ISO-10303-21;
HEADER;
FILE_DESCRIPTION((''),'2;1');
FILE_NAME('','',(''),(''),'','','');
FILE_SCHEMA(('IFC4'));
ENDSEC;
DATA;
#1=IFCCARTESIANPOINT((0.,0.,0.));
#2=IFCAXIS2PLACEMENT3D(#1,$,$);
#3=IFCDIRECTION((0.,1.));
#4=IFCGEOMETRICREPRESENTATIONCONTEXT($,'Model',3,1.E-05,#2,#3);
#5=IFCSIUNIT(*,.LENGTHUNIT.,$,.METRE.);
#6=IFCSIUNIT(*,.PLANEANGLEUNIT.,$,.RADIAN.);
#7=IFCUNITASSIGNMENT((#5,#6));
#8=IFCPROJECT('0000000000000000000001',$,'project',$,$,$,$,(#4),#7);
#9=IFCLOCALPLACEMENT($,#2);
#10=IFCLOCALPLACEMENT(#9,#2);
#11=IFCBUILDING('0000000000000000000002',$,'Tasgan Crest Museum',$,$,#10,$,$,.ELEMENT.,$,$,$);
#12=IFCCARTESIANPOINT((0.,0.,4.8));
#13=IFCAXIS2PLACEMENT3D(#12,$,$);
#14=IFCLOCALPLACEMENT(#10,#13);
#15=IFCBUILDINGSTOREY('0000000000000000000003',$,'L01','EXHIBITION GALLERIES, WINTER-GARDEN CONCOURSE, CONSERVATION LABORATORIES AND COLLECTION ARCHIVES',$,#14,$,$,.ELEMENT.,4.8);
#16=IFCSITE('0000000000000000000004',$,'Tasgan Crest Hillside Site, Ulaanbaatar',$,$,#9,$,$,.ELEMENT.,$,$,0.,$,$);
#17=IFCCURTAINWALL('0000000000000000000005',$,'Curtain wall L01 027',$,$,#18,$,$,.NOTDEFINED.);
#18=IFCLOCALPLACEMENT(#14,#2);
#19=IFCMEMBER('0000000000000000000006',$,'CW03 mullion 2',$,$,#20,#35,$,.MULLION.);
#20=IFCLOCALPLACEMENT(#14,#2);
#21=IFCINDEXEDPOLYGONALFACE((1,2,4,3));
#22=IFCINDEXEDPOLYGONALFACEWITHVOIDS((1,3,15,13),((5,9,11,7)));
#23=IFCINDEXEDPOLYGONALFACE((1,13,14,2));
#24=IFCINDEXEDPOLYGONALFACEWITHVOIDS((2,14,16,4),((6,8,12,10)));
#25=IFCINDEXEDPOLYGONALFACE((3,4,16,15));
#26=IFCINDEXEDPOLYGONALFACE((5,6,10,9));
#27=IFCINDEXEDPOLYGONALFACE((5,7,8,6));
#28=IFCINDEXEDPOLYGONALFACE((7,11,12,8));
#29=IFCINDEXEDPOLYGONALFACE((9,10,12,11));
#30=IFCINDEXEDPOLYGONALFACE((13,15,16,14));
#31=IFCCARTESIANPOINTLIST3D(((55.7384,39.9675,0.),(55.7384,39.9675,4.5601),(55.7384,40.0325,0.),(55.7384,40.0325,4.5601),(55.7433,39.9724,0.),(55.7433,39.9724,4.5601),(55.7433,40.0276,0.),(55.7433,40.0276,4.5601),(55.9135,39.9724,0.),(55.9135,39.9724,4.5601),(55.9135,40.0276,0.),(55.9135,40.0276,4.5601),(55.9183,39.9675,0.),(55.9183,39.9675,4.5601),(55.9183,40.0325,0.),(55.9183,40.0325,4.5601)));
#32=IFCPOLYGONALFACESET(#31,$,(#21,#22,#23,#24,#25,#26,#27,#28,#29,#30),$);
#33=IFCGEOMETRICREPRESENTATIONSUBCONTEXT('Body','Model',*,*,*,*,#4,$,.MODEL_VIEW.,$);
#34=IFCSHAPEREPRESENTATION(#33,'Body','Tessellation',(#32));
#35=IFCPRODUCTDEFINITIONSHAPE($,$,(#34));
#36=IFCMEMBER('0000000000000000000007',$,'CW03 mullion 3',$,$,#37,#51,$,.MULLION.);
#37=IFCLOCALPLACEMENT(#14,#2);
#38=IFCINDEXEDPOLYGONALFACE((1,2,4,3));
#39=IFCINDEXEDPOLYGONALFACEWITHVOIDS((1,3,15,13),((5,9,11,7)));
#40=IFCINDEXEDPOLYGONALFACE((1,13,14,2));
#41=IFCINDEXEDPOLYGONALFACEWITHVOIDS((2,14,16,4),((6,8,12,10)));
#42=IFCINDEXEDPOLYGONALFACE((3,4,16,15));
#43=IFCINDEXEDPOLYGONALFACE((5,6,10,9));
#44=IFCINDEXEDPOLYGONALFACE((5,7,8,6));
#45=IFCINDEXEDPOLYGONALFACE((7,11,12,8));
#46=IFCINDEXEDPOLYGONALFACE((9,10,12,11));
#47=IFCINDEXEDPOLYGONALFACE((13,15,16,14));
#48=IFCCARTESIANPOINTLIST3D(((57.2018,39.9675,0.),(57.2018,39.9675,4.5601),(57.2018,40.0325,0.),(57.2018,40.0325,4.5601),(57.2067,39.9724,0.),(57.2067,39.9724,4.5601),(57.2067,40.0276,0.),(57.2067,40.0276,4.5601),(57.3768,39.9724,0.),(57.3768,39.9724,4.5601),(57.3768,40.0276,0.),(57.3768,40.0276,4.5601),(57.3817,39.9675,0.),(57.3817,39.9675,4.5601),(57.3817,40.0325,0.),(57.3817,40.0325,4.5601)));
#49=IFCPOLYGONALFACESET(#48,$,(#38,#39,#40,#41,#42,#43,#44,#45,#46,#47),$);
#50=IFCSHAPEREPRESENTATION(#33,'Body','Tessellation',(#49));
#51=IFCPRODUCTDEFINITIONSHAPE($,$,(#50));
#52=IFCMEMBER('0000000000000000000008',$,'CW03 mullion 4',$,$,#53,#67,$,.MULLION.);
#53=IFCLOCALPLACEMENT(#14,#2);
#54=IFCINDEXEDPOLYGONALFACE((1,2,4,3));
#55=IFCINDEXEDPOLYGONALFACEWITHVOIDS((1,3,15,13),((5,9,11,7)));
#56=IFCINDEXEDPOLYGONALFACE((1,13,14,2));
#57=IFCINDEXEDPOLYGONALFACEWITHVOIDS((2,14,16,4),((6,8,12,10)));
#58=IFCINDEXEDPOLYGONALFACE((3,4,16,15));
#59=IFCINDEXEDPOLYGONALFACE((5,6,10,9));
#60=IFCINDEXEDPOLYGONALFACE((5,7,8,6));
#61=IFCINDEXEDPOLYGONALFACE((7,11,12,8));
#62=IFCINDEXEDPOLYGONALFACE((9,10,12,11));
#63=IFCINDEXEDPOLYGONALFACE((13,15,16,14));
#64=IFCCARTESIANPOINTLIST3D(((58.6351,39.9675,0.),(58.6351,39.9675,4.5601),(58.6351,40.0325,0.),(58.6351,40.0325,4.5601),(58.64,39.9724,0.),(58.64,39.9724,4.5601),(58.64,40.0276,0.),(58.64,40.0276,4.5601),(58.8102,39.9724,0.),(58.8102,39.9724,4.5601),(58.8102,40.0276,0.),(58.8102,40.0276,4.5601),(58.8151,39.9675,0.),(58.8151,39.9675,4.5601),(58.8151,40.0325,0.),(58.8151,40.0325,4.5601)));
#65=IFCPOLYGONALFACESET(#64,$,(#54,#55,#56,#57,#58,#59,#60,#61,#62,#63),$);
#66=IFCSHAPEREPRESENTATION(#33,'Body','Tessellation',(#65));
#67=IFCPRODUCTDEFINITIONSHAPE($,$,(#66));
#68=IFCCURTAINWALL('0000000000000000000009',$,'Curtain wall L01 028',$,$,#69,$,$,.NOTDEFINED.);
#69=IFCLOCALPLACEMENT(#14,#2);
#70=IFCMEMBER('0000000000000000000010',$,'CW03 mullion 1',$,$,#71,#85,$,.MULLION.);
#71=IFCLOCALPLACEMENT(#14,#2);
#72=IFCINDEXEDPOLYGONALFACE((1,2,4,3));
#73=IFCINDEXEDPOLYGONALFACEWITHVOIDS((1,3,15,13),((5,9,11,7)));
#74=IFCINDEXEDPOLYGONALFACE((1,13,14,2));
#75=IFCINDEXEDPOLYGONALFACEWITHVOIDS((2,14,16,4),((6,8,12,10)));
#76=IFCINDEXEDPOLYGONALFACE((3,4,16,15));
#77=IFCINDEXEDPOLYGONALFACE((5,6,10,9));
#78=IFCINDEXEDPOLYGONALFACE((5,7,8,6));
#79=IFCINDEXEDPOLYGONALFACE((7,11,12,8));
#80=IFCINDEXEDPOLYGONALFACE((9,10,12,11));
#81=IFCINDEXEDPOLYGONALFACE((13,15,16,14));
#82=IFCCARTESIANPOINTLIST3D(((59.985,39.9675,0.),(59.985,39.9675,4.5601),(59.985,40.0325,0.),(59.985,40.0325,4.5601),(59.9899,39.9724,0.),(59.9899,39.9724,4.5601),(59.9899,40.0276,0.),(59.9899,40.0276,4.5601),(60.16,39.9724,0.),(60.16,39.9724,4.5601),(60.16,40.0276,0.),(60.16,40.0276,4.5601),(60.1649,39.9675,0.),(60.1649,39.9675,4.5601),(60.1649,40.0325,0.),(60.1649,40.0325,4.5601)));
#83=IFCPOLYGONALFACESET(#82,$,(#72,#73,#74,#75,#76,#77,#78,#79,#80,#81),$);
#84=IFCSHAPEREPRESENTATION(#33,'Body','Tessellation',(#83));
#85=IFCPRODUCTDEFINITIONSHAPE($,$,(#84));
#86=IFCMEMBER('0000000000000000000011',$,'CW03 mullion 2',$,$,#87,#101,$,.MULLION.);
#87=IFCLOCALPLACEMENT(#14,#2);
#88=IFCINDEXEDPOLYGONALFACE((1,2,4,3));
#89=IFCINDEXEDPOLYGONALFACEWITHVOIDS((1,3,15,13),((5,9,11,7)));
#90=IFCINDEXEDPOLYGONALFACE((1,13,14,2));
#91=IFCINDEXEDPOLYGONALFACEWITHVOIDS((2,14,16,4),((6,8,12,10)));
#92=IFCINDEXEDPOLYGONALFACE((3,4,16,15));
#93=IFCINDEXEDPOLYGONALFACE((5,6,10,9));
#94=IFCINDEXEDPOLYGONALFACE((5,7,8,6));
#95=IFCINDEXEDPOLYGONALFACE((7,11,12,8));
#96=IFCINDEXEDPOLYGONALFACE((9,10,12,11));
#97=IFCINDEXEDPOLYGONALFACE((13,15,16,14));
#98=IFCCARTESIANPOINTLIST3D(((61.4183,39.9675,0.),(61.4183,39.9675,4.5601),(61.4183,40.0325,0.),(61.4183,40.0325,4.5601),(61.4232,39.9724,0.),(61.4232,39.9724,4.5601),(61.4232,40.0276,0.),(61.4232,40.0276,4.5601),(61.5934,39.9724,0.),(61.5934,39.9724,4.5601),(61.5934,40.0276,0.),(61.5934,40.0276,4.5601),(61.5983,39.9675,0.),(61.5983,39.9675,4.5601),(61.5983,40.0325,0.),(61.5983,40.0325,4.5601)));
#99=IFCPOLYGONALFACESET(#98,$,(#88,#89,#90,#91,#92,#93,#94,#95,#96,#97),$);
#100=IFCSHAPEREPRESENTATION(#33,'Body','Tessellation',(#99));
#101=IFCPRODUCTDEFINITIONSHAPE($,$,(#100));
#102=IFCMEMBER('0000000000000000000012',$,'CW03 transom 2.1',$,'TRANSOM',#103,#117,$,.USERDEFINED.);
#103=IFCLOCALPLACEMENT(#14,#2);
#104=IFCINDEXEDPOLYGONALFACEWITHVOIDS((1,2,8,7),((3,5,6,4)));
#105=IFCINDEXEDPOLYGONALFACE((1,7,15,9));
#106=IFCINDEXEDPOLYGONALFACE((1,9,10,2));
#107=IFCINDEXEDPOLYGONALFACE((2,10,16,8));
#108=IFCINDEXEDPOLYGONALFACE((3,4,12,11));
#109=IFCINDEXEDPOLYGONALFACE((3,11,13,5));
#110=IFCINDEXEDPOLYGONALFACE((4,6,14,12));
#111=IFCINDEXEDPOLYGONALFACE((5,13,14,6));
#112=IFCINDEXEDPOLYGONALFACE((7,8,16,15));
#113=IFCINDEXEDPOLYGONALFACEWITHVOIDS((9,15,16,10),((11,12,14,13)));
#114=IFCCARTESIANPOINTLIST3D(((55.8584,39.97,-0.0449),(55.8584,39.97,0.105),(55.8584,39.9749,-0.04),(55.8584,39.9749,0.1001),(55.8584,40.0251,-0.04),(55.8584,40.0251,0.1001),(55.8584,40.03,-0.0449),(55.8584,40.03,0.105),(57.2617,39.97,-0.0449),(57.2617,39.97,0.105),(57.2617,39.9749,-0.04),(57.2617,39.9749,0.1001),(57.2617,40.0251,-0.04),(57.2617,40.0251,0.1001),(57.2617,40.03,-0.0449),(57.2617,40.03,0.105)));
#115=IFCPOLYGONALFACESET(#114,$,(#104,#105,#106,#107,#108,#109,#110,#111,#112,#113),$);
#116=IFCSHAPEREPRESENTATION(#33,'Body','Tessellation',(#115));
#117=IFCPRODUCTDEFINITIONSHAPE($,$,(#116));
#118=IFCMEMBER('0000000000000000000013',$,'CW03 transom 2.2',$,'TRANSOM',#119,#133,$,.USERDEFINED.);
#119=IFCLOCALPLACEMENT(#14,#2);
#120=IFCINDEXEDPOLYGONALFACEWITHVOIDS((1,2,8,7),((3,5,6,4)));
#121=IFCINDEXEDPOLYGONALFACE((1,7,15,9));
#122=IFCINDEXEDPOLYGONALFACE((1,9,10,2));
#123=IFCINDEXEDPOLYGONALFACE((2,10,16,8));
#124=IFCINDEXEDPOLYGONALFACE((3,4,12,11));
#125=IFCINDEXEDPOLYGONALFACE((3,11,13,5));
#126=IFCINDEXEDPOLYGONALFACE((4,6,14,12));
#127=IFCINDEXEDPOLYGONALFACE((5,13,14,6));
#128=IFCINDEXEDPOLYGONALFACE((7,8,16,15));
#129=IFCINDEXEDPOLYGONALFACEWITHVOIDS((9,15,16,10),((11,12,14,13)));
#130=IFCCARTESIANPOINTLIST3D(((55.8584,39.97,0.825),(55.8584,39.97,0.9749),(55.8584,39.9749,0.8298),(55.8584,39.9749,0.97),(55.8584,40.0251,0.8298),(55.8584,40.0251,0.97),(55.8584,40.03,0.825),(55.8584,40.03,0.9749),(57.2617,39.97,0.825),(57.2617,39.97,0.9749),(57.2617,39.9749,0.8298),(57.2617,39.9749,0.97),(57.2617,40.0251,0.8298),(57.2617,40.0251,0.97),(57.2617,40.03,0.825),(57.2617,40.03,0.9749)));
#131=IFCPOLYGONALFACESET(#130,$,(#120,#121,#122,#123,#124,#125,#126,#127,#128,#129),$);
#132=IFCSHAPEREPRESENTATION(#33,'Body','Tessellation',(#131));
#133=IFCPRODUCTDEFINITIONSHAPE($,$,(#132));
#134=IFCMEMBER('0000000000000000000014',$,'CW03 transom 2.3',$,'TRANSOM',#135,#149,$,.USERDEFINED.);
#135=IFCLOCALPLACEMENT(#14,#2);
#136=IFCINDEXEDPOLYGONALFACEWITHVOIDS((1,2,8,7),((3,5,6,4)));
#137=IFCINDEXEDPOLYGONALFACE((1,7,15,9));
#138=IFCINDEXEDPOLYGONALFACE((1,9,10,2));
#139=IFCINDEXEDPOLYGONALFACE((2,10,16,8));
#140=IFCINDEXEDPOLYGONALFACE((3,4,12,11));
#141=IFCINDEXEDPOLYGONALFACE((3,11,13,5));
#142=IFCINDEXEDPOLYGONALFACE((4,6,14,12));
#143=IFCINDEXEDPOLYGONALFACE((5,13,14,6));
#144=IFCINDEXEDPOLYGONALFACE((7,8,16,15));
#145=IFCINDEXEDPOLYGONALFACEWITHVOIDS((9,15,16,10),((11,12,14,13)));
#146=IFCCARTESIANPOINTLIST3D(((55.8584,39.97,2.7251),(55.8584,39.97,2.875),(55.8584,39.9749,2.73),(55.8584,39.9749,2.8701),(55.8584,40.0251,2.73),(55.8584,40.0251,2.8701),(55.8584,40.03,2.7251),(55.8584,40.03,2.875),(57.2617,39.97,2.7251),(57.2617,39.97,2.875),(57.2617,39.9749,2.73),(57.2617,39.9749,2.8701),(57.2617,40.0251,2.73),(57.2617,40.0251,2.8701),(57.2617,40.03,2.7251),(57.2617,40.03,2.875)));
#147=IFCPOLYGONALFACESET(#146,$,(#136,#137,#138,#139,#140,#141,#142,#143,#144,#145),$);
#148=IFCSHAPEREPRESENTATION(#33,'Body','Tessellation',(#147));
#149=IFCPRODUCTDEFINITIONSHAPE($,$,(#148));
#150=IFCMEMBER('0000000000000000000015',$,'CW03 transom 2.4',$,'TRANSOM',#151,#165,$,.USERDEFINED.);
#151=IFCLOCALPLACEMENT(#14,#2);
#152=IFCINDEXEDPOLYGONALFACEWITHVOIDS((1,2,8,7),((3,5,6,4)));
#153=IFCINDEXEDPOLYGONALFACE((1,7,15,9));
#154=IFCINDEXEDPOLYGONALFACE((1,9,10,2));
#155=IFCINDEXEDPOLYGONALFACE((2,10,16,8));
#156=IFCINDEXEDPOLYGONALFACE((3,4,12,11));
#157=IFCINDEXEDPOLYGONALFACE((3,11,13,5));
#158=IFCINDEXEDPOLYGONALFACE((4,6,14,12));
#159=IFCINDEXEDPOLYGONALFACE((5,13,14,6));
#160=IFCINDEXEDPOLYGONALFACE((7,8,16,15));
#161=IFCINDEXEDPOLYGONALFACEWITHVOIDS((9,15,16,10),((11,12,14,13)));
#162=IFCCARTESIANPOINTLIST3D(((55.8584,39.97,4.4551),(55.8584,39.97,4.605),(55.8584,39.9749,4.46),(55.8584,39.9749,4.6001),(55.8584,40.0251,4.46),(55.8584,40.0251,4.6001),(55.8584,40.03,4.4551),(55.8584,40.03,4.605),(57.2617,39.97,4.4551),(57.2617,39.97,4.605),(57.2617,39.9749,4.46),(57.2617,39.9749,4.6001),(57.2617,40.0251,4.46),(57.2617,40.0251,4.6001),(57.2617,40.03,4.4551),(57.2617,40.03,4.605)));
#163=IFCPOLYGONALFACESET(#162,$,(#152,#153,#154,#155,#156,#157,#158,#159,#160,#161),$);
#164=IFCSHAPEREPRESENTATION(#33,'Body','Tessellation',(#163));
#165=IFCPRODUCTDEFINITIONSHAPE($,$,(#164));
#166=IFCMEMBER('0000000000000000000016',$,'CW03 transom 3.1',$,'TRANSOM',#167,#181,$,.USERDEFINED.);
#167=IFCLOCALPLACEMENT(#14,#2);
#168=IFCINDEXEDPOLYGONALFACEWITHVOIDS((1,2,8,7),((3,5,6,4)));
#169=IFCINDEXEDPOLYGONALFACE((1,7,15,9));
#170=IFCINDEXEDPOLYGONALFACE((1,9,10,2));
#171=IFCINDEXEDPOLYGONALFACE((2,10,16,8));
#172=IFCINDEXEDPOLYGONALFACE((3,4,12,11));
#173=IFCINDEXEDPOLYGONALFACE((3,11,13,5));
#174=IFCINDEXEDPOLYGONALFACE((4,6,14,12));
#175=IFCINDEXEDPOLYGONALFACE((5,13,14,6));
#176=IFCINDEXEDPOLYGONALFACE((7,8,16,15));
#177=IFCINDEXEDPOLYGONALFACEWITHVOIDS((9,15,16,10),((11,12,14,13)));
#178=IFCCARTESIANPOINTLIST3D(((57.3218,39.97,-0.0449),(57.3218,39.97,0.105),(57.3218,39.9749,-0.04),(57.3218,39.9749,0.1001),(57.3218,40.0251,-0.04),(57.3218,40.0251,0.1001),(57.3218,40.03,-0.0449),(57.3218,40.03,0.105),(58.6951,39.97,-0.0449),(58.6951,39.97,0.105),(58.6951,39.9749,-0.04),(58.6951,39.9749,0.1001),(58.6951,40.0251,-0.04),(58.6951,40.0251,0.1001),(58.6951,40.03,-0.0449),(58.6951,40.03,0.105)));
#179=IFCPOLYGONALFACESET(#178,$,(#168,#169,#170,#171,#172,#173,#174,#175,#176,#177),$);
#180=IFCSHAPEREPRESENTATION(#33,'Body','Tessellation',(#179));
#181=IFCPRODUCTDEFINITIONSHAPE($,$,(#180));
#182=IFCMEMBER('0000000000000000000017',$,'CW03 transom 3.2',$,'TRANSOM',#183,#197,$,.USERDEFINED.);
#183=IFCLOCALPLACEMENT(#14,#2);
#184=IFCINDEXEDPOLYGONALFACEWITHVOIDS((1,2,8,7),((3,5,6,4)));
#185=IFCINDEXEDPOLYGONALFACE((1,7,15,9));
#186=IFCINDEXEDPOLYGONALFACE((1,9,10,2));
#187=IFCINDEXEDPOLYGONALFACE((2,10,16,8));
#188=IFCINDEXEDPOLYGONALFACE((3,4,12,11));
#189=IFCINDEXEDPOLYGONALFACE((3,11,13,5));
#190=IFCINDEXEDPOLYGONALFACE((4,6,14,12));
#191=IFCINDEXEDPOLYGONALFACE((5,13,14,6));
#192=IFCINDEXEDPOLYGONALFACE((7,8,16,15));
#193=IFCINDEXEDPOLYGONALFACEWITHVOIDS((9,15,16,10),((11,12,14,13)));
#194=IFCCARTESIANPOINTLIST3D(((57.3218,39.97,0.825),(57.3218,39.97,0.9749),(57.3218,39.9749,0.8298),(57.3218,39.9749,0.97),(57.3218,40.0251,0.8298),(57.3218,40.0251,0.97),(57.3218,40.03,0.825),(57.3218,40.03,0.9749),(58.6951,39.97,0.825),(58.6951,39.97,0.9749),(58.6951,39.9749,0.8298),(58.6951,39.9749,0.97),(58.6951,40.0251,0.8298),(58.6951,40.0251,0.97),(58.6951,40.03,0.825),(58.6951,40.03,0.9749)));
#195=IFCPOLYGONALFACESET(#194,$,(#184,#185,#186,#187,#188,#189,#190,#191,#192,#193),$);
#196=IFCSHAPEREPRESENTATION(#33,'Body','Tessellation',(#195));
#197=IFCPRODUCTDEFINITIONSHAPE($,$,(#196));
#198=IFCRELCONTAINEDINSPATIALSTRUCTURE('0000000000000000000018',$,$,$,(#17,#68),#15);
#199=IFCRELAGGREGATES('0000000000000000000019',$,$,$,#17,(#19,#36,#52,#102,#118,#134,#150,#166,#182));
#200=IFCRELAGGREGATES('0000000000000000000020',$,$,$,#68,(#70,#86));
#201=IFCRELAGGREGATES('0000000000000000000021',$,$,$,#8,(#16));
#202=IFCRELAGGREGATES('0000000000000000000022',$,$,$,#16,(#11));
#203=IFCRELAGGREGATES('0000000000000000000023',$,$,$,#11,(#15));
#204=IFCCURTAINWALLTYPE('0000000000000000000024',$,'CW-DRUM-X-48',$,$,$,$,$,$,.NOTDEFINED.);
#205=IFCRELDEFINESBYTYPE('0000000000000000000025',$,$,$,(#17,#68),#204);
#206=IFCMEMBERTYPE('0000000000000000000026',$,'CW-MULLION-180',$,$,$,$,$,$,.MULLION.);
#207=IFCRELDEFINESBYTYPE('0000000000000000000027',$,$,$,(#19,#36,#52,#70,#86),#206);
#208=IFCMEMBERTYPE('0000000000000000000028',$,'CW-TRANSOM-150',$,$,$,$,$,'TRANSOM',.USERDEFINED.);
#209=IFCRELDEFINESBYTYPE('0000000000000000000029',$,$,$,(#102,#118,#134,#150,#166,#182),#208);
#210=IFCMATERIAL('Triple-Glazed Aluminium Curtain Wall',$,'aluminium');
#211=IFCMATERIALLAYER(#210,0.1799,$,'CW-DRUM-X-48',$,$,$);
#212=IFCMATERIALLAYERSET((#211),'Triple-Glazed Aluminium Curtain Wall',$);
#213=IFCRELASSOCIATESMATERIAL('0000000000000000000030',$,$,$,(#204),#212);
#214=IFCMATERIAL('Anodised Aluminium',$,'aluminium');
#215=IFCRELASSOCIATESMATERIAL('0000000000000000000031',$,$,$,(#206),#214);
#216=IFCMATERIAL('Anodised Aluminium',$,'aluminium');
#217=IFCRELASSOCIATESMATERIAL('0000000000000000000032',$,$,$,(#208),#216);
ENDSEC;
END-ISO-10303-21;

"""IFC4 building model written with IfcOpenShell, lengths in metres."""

from ifc_helpers import new_model, si_unit, direction, frame, origin, origin_2d, place, context, subcontext, project, spatial, hollow_rectangle, extrude, material, layer, layer_set, material_profile, profile_set, type_object, element, aggregate, save


model = new_model("IFC4")

# Units and contexts
model_context = context("Model", 3, precision=1e-05, world=origin(), true_north=direction((0.0, 1.0)))
body_context = subcontext(model_context, "Body", "Model", "MODEL_VIEW")
ifc_project = project(units=[si_unit("LENGTHUNIT", "METRE"), si_unit("PLANEANGLEUNIT", "RADIAN")], contexts=[model_context])

# Site, building, storey
site_placement = place(None, origin())
site = spatial("IfcSite", under=ifc_project, at=site_placement, Name="Tasgan Crest Hillside Site, Ulaanbaatar", CompositionType="ELEMENT", RefElevation=0.0)
building_placement = place(site_placement, origin())
building = spatial("IfcBuilding", under=site, at=building_placement, Name="Tasgan Crest Museum", CompositionType="ELEMENT")
storey_placement = place(building_placement, frame((0.0, 0.0, 4.8)))
storey = spatial("IfcBuildingStorey", under=building, at=storey_placement, Name="L01", Description="EXHIBITION GALLERIES, WINTER-GARDEN CONCOURSE, CONSERVATION LABORATORIES AND COLLECTION ARCHIVES", CompositionType="ELEMENT", Elevation=4.8)

# Curtain walls, members
ifc_material_1 = material(Name="Triple-Glazed Aluminium Curtain Wall", Category="aluminium")
ifc_layer_1 = layer(ifc_material_1, 0.1799, Name="CW-DRUM-X-48")
ifc_layer_set_1 = layer_set([ifc_layer_1], Name="Triple-Glazed Aluminium Curtain Wall")
curtain_wall_type = type_object("IfcCurtainWallType", Name="CW-DRUM-X-48", PredefinedType="NOTDEFINED", material=ifc_layer_set_1)
curtain_wall_1_placement = place(storey_placement, origin())
curtain_wall_1 = element("IfcCurtainWall", 1, at=curtain_wall_1_placement, inside=storey, type_object=curtain_wall_type, Name="Curtain wall L01 027", PredefinedType="NOTDEFINED")
ifc_material_2 = material(Name="Anodised Aluminium", Category="aluminium")
ifc_material_profile_1 = material_profile(ifc_material_2, hollow_rectangle(XDim=0.0649, YDim=0.1799, WallThickness=0.0049, at=origin_2d()), Name="ALU MULLION 180x65x5")
ifc_profile_set_1 = profile_set([ifc_material_profile_1], Name="Anodised Aluminium")
member_type_1 = type_object("IfcMemberType", Name="CW-MULLION-180", PredefinedType="MULLION", material=ifc_profile_set_1)
member_1_placement = place(storey_placement, frame((55.8284, 40.0, 0.0), z_axis=(0.0, 0.0, 1.0), x_axis=(0.0, 1.0, 0.0)))
member_1 = element("IfcMember", 2, at=member_1_placement, type_object=member_type_1, Name="CW03 mullion 2", PredefinedType="MULLION", context=body_context, shape_type="SweptSolid", body=[
    extrude(hollow_rectangle(XDim=0.0649, YDim=0.1799, WallThickness=0.0049, at=origin_2d()), origin(), (0.0, 0.0, 1.0), 4.5601),
])
member_2_placement = place(storey_placement, frame((57.2917, 40.0, 0.0), z_axis=(0.0, 0.0, 1.0), x_axis=(0.0, 1.0, 0.0)))
member_2 = element("IfcMember", 3, at=member_2_placement, type_object=member_type_1, Name="CW03 mullion 3", PredefinedType="MULLION", context=body_context, shape_type="SweptSolid", body=[
    extrude(hollow_rectangle(XDim=0.0649, YDim=0.1799, WallThickness=0.0049, at=origin_2d()), origin(), (0.0, 0.0, 1.0), 4.5601),
])
member_3_placement = place(storey_placement, frame((58.7251, 40.0, 0.0), z_axis=(0.0, 0.0, 1.0), x_axis=(0.0, 1.0, 0.0)))
member_3 = element("IfcMember", 4, at=member_3_placement, type_object=member_type_1, Name="CW03 mullion 4", PredefinedType="MULLION", context=body_context, shape_type="SweptSolid", body=[
    extrude(hollow_rectangle(XDim=0.0649, YDim=0.1799, WallThickness=0.0049, at=origin_2d()), origin(), (0.0, 0.0, 1.0), 4.5601),
])
curtain_wall_2_placement = place(storey_placement, origin())
curtain_wall_2 = element("IfcCurtainWall", 5, at=curtain_wall_2_placement, inside=storey, type_object=curtain_wall_type, Name="Curtain wall L01 028", PredefinedType="NOTDEFINED")
member_4_placement = place(storey_placement, frame((60.075, 40.0, 0.0), z_axis=(0.0, 0.0, 1.0), x_axis=(0.0, 1.0, 0.0)))
member_4 = element("IfcMember", 6, at=member_4_placement, type_object=member_type_1, Name="CW03 mullion 1", PredefinedType="MULLION", context=body_context, shape_type="SweptSolid", body=[
    extrude(hollow_rectangle(XDim=0.0649, YDim=0.1799, WallThickness=0.0049, at=origin_2d()), origin(), (0.0, 0.0, 1.0), 4.5601),
])
member_5_placement = place(storey_placement, frame((61.5083, 40.0, 0.0), z_axis=(0.0, 0.0, 1.0), x_axis=(0.0, 1.0, 0.0)))
member_5 = element("IfcMember", 7, at=member_5_placement, type_object=member_type_1, Name="CW03 mullion 2", PredefinedType="MULLION", context=body_context, shape_type="SweptSolid", body=[
    extrude(hollow_rectangle(XDim=0.0649, YDim=0.1799, WallThickness=0.0049, at=origin_2d()), origin(), (0.0, 0.0, 1.0), 4.5601),
])

# Members
ifc_material_3 = material(Name="Anodised Aluminium", Category="aluminium")
ifc_material_profile_2 = material_profile(ifc_material_3, hollow_rectangle(XDim=0.0601, YDim=0.1499, WallThickness=0.0049, at=origin_2d()), Name="ALU TRANSOM 150x60x5")
ifc_profile_set_2 = profile_set([ifc_material_profile_2], Name="Anodised Aluminium")
member_type_2 = type_object("IfcMemberType", Name="CW-TRANSOM-150", ElementType="TRANSOM", PredefinedType="USERDEFINED", material=ifc_profile_set_2)
member_6_placement = place(storey_placement, frame((55.8584, 40.0, 0.03), z_axis=(1.0, 0.0, 0.0), x_axis=(0.0, 1.0, 0.0)))
member_6 = element("IfcMember", 8, at=member_6_placement, type_object=member_type_2, Name="CW03 transom 2.1", ObjectType="TRANSOM", PredefinedType="USERDEFINED", context=body_context, shape_type="SweptSolid", body=[
    extrude(hollow_rectangle(XDim=0.0601, YDim=0.1499, WallThickness=0.0049, at=origin_2d()), origin(), (0.0, 0.0, 1.0), 1.4033),
])
member_7_placement = place(storey_placement, frame((55.8584, 40.0, 0.8999), z_axis=(1.0, 0.0, 0.0), x_axis=(0.0, 1.0, 0.0)))
member_7 = element("IfcMember", 9, at=member_7_placement, type_object=member_type_2, Name="CW03 transom 2.2", ObjectType="TRANSOM", PredefinedType="USERDEFINED", context=body_context, shape_type="SweptSolid", body=[
    extrude(hollow_rectangle(XDim=0.0601, YDim=0.1499, WallThickness=0.0049, at=origin_2d()), origin(), (0.0, 0.0, 1.0), 1.4033),
])
member_8_placement = place(storey_placement, frame((55.8584, 40.0, 2.8), z_axis=(1.0, 0.0, 0.0), x_axis=(0.0, 1.0, 0.0)))
member_8 = element("IfcMember", 10, at=member_8_placement, type_object=member_type_2, Name="CW03 transom 2.3", ObjectType="TRANSOM", PredefinedType="USERDEFINED", context=body_context, shape_type="SweptSolid", body=[
    extrude(hollow_rectangle(XDim=0.0601, YDim=0.1499, WallThickness=0.0049, at=origin_2d()), origin(), (0.0, 0.0, 1.0), 1.4033),
])
member_9_placement = place(storey_placement, frame((55.8584, 40.0, 4.53), z_axis=(1.0, 0.0, 0.0), x_axis=(0.0, 1.0, 0.0)))
member_9 = element("IfcMember", 11, at=member_9_placement, type_object=member_type_2, Name="CW03 transom 2.4", ObjectType="TRANSOM", PredefinedType="USERDEFINED", context=body_context, shape_type="SweptSolid", body=[
    extrude(hollow_rectangle(XDim=0.0601, YDim=0.1499, WallThickness=0.0049, at=origin_2d()), origin(), (0.0, 0.0, 1.0), 1.4033),
])
member_10_placement = place(storey_placement, frame((57.3218, 40.0, 0.03), z_axis=(1.0, 0.0, 0.0), x_axis=(0.0, 1.0, 0.0)))
member_10 = element("IfcMember", 12, at=member_10_placement, type_object=member_type_2, Name="CW03 transom 3.1", ObjectType="TRANSOM", PredefinedType="USERDEFINED", context=body_context, shape_type="SweptSolid", body=[
    extrude(hollow_rectangle(XDim=0.0601, YDim=0.1499, WallThickness=0.0049, at=origin_2d()), origin(), (0.0, 0.0, 1.0), 1.3733),
])
member_11_placement = place(storey_placement, frame((57.3218, 40.0, 0.8999), z_axis=(1.0, 0.0, 0.0), x_axis=(0.0, 1.0, 0.0)))
member_11 = element("IfcMember", 13, at=member_11_placement, type_object=member_type_2, Name="CW03 transom 3.2", ObjectType="TRANSOM", PredefinedType="USERDEFINED", context=body_context, shape_type="SweptSolid", body=[
    extrude(hollow_rectangle(XDim=0.0601, YDim=0.1499, WallThickness=0.0049, at=origin_2d()), origin(), (0.0, 0.0, 1.0), 1.3733),
])

aggregate(curtain_wall_1, [member_1, member_2, member_3, member_6, member_7, member_8, member_9, member_10, member_11])
aggregate(curtain_wall_2, [member_4, member_5])

save(model, "model.ifc")
